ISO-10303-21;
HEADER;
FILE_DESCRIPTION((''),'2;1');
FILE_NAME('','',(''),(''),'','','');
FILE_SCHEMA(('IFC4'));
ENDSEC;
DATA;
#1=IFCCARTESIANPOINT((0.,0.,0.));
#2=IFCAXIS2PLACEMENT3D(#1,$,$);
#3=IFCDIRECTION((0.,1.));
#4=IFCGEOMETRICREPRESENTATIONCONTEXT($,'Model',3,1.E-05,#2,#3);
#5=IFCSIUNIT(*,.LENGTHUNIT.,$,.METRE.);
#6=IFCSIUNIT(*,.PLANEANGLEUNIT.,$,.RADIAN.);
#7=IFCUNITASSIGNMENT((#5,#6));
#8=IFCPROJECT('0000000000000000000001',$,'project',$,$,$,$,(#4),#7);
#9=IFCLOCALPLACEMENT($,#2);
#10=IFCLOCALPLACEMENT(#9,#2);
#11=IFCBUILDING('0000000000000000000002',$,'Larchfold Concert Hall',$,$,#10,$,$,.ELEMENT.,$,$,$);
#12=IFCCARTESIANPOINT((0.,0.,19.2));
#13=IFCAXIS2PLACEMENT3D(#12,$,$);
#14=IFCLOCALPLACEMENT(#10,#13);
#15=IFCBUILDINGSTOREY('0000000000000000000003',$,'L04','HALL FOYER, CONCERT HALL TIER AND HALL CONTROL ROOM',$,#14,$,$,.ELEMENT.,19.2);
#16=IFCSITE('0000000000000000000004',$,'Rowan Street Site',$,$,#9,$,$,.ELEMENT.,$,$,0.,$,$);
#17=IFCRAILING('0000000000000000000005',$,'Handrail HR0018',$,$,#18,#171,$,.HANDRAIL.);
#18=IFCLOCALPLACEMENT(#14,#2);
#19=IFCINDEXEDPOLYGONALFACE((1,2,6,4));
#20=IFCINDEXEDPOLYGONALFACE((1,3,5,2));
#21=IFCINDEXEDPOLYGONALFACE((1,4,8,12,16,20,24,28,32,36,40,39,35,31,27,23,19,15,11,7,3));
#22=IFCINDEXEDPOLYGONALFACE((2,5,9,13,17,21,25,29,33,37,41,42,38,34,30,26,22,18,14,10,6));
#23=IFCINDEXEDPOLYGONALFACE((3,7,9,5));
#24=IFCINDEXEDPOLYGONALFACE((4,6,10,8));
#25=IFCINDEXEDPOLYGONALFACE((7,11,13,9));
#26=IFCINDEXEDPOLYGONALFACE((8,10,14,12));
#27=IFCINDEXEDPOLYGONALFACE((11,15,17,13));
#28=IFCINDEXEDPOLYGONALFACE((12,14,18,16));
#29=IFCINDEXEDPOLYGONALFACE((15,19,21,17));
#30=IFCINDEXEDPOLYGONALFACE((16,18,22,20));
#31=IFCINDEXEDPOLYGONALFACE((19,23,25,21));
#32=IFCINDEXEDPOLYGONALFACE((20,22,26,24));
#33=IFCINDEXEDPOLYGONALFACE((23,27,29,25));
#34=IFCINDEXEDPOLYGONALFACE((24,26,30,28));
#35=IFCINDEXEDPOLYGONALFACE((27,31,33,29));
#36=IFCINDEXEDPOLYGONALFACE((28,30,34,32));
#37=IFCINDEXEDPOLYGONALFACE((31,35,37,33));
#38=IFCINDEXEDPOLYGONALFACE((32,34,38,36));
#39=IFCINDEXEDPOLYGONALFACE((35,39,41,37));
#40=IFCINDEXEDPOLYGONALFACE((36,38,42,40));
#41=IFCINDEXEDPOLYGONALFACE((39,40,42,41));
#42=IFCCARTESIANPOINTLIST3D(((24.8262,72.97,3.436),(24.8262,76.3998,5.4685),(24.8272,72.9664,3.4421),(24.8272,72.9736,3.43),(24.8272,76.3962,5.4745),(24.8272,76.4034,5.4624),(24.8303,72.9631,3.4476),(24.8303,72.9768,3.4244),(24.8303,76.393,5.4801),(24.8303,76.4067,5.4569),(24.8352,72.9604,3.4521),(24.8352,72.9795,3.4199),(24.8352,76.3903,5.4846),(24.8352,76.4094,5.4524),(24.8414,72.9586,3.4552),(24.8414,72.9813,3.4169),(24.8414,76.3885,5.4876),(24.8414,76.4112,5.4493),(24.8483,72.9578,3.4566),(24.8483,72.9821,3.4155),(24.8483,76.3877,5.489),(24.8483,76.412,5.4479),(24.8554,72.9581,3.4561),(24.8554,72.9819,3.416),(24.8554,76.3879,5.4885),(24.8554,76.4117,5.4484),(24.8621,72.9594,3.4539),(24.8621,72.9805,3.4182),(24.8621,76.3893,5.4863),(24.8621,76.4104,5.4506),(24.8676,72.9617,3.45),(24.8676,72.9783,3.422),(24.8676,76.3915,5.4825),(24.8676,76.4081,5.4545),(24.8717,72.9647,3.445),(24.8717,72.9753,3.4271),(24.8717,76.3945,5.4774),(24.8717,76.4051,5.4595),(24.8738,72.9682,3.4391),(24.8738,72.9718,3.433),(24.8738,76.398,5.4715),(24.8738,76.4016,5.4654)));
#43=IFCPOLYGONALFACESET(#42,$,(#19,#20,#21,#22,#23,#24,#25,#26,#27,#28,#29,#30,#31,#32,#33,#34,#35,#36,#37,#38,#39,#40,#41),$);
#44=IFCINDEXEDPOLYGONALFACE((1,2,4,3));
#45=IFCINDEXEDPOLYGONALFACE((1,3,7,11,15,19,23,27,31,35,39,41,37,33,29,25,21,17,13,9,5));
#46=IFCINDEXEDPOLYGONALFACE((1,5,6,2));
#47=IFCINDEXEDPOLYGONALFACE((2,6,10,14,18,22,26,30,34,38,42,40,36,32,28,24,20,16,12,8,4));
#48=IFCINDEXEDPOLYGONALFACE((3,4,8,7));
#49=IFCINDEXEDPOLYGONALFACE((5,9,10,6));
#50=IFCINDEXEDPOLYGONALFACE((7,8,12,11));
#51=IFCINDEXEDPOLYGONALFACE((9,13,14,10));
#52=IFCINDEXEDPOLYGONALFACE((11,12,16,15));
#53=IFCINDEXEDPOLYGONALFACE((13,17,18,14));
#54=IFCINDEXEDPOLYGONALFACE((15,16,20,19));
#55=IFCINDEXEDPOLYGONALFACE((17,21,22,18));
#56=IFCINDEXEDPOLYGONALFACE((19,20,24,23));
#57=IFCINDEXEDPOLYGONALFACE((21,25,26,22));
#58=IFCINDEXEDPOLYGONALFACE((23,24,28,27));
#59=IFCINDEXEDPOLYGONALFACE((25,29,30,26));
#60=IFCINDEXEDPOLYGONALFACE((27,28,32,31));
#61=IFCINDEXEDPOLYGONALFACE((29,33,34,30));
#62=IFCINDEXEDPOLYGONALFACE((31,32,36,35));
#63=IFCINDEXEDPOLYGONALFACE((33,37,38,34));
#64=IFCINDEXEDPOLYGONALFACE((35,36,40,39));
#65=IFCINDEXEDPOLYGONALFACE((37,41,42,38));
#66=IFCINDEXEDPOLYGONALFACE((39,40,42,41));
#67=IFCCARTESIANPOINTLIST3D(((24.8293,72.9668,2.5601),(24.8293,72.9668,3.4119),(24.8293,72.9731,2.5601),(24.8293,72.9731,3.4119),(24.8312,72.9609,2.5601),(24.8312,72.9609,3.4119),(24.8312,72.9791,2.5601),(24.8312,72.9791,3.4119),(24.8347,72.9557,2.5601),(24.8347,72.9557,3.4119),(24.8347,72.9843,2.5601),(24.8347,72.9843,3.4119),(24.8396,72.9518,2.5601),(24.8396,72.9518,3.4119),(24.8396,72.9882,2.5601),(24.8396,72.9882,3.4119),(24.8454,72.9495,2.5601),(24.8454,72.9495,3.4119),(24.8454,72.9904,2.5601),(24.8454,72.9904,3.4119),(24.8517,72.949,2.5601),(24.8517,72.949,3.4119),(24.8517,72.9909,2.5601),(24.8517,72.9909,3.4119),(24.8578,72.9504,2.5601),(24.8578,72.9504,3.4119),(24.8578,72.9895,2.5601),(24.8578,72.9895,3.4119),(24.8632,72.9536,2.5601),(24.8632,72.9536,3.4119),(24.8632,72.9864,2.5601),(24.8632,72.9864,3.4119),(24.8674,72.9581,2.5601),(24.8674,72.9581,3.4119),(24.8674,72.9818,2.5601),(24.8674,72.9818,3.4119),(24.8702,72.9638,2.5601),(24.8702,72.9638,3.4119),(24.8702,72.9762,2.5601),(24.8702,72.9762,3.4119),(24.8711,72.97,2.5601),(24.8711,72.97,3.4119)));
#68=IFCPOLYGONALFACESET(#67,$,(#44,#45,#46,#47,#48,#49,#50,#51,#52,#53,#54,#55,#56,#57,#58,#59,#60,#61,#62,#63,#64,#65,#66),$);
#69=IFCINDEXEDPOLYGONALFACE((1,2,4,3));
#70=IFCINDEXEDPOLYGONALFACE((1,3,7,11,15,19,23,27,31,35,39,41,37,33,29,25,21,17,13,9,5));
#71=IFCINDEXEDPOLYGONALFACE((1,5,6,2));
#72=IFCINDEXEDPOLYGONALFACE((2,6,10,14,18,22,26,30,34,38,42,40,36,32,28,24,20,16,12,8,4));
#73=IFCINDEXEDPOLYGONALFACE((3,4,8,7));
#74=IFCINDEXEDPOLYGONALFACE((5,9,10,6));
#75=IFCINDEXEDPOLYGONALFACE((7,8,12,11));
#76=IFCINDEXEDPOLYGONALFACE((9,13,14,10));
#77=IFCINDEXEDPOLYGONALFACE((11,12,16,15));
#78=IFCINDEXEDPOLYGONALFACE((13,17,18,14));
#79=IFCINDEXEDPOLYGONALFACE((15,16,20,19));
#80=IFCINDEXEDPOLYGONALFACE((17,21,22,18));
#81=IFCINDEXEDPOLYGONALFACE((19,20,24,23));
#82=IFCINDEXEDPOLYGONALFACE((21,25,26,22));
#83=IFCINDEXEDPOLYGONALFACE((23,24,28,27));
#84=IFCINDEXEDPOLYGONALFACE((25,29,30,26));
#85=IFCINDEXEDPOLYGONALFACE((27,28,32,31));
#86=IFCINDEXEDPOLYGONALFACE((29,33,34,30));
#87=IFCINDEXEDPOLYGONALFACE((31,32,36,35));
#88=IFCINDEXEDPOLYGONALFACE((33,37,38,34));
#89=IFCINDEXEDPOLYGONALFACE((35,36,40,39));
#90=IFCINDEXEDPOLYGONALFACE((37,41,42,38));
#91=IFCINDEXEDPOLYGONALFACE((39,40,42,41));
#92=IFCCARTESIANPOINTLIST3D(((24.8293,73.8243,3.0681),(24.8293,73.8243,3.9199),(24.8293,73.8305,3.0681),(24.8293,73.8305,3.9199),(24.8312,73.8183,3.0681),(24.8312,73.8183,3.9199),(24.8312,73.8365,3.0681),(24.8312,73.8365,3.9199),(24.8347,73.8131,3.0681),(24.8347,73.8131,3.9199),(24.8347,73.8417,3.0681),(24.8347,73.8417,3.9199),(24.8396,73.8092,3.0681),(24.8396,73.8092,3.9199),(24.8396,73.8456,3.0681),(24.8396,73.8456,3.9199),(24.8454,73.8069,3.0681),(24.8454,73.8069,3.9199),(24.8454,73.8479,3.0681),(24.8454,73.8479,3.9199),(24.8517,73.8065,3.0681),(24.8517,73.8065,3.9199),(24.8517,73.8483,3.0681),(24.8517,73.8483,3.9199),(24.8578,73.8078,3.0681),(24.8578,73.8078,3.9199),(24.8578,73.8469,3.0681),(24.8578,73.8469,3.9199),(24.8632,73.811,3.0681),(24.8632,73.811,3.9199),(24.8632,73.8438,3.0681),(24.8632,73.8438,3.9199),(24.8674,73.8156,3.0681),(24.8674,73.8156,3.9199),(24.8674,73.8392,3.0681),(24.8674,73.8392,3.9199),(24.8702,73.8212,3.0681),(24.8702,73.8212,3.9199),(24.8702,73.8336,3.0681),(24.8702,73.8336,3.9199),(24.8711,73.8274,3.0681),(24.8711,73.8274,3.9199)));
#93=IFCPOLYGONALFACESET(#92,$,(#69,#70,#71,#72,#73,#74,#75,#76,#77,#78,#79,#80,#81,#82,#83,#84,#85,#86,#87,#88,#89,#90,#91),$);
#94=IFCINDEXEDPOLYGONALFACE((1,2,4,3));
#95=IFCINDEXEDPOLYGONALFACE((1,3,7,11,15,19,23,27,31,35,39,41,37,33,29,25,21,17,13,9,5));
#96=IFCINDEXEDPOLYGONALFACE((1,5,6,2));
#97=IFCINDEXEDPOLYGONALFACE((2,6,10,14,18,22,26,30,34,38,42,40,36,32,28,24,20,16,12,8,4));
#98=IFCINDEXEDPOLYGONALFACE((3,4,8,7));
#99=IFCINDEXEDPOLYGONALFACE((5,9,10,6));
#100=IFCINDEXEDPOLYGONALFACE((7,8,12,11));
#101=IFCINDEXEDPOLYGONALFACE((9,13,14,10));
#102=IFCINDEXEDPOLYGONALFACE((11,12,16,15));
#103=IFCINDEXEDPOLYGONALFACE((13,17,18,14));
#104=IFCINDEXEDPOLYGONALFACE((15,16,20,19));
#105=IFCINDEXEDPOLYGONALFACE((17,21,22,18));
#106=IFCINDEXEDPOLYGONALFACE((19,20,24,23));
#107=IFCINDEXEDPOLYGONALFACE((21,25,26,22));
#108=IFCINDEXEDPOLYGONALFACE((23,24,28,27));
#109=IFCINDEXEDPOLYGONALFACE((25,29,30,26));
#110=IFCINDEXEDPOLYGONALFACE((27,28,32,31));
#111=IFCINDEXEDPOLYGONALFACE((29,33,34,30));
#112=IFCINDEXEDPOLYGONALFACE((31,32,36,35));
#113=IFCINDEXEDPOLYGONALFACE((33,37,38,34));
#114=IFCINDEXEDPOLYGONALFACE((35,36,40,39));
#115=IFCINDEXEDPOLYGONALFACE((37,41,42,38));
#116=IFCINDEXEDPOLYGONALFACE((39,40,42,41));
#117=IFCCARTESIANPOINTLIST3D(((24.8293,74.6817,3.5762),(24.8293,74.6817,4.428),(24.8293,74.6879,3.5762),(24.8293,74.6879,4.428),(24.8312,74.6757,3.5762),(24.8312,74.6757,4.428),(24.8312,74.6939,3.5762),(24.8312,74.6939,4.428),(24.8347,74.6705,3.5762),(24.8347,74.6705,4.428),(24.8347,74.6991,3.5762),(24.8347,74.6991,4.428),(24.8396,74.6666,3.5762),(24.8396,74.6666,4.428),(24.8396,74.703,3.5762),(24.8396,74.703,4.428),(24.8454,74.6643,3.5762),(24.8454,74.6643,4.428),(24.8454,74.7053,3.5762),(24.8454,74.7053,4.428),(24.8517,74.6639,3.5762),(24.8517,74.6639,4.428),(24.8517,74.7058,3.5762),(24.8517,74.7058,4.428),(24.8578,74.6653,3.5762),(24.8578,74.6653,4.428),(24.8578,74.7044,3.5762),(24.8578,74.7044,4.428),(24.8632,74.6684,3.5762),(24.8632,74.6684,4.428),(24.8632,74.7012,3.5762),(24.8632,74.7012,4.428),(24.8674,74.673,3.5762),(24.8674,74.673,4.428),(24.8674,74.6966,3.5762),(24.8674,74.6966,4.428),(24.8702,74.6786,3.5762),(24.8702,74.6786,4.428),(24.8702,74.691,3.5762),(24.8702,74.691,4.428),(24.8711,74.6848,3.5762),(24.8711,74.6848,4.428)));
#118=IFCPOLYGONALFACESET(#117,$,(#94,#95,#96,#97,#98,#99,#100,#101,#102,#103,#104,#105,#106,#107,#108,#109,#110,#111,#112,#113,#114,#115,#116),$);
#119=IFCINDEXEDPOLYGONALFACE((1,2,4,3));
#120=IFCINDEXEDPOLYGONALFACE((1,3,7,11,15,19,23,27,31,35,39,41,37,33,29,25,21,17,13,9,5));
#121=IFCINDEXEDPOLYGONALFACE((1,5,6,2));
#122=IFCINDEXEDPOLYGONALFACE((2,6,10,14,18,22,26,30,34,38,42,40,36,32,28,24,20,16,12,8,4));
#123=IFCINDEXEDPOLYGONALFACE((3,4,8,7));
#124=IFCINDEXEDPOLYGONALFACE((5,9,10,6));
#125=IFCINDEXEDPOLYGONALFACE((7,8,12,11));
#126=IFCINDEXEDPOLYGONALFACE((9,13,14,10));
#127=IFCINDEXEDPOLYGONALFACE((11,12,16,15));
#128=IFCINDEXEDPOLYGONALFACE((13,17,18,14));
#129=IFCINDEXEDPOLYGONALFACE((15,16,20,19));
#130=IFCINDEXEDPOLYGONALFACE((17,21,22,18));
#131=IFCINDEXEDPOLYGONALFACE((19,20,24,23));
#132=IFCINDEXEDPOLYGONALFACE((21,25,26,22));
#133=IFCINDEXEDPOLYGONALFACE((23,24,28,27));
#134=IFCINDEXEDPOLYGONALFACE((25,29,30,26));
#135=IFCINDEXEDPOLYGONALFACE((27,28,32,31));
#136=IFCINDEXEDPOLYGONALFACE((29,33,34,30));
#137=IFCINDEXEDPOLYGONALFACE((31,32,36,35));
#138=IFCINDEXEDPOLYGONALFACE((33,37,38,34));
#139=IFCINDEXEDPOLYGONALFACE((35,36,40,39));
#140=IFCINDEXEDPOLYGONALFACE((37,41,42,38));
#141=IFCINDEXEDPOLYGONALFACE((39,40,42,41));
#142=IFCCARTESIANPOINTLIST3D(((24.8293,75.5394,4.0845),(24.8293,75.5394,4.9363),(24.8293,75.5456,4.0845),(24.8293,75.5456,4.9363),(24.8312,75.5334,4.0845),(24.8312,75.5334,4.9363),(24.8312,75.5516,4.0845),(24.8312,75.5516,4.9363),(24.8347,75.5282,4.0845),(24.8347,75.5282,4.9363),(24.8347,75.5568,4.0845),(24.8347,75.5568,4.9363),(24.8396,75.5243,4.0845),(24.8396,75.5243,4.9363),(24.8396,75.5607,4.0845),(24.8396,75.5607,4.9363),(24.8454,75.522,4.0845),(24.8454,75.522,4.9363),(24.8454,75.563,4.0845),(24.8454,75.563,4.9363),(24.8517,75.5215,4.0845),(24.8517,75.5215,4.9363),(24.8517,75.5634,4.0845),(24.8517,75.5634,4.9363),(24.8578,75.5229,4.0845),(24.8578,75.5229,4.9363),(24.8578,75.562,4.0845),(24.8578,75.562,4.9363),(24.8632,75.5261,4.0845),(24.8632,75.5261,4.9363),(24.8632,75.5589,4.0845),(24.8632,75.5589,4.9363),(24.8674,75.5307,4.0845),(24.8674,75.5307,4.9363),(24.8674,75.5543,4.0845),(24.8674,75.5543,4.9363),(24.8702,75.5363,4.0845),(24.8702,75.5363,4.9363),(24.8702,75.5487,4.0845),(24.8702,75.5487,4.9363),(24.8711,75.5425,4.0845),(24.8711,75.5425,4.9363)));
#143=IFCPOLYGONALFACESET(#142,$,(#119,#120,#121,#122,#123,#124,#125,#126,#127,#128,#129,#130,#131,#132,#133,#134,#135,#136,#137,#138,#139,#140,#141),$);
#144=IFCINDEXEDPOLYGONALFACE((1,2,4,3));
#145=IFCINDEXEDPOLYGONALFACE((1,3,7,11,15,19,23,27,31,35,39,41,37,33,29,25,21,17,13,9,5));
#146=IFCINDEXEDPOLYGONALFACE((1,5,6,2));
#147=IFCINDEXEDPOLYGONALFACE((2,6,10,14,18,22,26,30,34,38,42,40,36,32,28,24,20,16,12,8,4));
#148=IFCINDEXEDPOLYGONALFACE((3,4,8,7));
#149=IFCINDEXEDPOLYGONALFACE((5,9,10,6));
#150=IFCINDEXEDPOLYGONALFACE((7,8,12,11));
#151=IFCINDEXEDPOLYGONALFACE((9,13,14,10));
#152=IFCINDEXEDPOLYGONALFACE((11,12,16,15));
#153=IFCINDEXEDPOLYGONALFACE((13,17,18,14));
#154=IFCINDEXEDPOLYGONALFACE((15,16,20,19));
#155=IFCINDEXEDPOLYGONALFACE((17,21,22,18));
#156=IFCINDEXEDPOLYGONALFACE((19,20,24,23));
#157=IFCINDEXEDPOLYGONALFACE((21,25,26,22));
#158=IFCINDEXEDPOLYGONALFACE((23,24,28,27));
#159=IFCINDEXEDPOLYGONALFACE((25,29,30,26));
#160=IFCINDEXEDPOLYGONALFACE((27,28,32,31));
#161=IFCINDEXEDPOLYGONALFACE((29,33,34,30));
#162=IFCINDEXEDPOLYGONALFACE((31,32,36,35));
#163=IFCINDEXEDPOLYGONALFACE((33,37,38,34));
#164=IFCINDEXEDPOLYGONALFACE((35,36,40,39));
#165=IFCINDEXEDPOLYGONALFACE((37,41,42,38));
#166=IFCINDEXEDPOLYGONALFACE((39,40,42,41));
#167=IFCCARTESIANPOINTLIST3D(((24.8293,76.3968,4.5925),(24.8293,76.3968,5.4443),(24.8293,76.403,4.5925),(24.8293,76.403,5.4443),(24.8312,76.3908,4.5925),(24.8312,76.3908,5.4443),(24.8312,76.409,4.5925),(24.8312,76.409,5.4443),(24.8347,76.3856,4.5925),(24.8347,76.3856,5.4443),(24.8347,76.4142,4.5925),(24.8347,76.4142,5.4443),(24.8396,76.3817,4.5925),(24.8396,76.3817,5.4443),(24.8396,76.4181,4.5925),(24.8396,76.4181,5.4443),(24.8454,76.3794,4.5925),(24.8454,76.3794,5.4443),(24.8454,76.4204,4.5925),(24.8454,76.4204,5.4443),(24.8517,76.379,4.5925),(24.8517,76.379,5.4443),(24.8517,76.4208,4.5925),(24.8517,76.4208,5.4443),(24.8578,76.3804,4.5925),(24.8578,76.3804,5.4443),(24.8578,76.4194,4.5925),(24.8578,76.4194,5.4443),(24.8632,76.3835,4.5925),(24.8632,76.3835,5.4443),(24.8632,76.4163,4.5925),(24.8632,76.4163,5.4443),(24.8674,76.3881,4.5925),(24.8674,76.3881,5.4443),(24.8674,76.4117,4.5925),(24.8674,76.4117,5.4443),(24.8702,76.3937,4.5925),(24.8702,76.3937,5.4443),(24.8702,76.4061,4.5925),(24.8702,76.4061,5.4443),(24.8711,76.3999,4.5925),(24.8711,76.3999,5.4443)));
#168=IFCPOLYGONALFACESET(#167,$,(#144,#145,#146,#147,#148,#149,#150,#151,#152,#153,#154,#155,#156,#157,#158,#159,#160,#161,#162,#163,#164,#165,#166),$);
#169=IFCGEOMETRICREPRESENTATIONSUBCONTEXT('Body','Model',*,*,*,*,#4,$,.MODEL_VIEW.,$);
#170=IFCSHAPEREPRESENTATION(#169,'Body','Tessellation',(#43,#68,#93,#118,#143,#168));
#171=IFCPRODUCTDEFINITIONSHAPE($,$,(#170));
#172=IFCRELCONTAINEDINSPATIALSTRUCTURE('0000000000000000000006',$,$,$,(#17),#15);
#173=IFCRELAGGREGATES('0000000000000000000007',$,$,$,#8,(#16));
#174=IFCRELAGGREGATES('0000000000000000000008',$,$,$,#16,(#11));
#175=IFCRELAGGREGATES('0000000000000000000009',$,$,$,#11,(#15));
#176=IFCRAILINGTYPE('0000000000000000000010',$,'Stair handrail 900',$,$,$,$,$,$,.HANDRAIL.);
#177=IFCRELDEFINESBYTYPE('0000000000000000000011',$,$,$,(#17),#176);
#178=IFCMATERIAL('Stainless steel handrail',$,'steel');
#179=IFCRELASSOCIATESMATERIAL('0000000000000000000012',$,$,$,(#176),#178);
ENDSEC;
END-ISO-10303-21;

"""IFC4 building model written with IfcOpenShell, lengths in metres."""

from ifc_helpers import new_model, si_unit, direction, frame, origin, origin_2d, place, context, subcontext, project, spatial, circle, extrude, material, type_object, element, save


model = new_model("IFC4")

# Units and contexts
model_context = context("Model", 3, precision=1e-05, world=origin(), true_north=direction((0.0, 1.0)))
body_context = subcontext(model_context, "Body", "Model", "MODEL_VIEW")
ifc_project = project(units=[si_unit("LENGTHUNIT", "METRE"), si_unit("PLANEANGLEUNIT", "RADIAN")], contexts=[model_context])

# Site, building, storey
site_placement = place(None, origin())
site = spatial("IfcSite", under=ifc_project, at=site_placement, Name="Rowan Street Site", CompositionType="ELEMENT", RefElevation=0.0)
building_placement = place(site_placement, origin())
building = spatial("IfcBuilding", under=site, at=building_placement, Name="Larchfold Concert Hall", CompositionType="ELEMENT")
storey_placement = place(building_placement, frame((0.0, 0.0, 19.2)))
storey = spatial("IfcBuildingStorey", under=building, at=storey_placement, Name="L04", Description="HALL FOYER, CONCERT HALL TIER AND HALL CONTROL ROOM", CompositionType="ELEMENT", Elevation=19.2)

# Railing
ifc_material_1 = material(Name="Stainless steel handrail", Category="steel")
railing_type_1 = type_object("IfcRailingType", Name="Stair handrail 900", PredefinedType="HANDRAIL", material=ifc_material_1)
railing_1_placement = place(storey_placement, frame((24.8501, 72.97, 2.5601)))
element("IfcRailing", 1, at=railing_1_placement, inside=storey, type_object=railing_type_1, Name="Handrail HR0018", PredefinedType="HANDRAIL", context=body_context, shape_type="SweptSolid", body=[
    extrude(circle(Radius=0.0239, at=origin_2d()), frame((0.0, 0.0, 0.876), z_axis=(0.0, 0.8603, 0.509787), x_axis=(-1.0, 0.0, 0.0)), (0.0, 0.0, 1.0), 3.9868),
    extrude(circle(Radius=0.021, at=origin_2d()), origin(), (0.0, 0.0, 1.0), 0.8518),
    extrude(circle(Radius=0.021, at=origin_2d()), frame((0.0, 0.8574, 0.5081)), (0.0, 0.0, 1.0), 0.8518),
    extrude(circle(Radius=0.021, at=origin_2d()), frame((0.0, 1.7148, 1.0161)), (0.0, 0.0, 1.0), 0.8518),
    extrude(circle(Radius=0.021, at=origin_2d()), frame((0.0, 2.5725, 1.5244)), (0.0, 0.0, 1.0), 0.8518),
    extrude(circle(Radius=0.021, at=origin_2d()), frame((0.0, 3.4299, 2.0325)), (0.0, 0.0, 1.0), 0.8518),
])

save(model, "model.ifc")
